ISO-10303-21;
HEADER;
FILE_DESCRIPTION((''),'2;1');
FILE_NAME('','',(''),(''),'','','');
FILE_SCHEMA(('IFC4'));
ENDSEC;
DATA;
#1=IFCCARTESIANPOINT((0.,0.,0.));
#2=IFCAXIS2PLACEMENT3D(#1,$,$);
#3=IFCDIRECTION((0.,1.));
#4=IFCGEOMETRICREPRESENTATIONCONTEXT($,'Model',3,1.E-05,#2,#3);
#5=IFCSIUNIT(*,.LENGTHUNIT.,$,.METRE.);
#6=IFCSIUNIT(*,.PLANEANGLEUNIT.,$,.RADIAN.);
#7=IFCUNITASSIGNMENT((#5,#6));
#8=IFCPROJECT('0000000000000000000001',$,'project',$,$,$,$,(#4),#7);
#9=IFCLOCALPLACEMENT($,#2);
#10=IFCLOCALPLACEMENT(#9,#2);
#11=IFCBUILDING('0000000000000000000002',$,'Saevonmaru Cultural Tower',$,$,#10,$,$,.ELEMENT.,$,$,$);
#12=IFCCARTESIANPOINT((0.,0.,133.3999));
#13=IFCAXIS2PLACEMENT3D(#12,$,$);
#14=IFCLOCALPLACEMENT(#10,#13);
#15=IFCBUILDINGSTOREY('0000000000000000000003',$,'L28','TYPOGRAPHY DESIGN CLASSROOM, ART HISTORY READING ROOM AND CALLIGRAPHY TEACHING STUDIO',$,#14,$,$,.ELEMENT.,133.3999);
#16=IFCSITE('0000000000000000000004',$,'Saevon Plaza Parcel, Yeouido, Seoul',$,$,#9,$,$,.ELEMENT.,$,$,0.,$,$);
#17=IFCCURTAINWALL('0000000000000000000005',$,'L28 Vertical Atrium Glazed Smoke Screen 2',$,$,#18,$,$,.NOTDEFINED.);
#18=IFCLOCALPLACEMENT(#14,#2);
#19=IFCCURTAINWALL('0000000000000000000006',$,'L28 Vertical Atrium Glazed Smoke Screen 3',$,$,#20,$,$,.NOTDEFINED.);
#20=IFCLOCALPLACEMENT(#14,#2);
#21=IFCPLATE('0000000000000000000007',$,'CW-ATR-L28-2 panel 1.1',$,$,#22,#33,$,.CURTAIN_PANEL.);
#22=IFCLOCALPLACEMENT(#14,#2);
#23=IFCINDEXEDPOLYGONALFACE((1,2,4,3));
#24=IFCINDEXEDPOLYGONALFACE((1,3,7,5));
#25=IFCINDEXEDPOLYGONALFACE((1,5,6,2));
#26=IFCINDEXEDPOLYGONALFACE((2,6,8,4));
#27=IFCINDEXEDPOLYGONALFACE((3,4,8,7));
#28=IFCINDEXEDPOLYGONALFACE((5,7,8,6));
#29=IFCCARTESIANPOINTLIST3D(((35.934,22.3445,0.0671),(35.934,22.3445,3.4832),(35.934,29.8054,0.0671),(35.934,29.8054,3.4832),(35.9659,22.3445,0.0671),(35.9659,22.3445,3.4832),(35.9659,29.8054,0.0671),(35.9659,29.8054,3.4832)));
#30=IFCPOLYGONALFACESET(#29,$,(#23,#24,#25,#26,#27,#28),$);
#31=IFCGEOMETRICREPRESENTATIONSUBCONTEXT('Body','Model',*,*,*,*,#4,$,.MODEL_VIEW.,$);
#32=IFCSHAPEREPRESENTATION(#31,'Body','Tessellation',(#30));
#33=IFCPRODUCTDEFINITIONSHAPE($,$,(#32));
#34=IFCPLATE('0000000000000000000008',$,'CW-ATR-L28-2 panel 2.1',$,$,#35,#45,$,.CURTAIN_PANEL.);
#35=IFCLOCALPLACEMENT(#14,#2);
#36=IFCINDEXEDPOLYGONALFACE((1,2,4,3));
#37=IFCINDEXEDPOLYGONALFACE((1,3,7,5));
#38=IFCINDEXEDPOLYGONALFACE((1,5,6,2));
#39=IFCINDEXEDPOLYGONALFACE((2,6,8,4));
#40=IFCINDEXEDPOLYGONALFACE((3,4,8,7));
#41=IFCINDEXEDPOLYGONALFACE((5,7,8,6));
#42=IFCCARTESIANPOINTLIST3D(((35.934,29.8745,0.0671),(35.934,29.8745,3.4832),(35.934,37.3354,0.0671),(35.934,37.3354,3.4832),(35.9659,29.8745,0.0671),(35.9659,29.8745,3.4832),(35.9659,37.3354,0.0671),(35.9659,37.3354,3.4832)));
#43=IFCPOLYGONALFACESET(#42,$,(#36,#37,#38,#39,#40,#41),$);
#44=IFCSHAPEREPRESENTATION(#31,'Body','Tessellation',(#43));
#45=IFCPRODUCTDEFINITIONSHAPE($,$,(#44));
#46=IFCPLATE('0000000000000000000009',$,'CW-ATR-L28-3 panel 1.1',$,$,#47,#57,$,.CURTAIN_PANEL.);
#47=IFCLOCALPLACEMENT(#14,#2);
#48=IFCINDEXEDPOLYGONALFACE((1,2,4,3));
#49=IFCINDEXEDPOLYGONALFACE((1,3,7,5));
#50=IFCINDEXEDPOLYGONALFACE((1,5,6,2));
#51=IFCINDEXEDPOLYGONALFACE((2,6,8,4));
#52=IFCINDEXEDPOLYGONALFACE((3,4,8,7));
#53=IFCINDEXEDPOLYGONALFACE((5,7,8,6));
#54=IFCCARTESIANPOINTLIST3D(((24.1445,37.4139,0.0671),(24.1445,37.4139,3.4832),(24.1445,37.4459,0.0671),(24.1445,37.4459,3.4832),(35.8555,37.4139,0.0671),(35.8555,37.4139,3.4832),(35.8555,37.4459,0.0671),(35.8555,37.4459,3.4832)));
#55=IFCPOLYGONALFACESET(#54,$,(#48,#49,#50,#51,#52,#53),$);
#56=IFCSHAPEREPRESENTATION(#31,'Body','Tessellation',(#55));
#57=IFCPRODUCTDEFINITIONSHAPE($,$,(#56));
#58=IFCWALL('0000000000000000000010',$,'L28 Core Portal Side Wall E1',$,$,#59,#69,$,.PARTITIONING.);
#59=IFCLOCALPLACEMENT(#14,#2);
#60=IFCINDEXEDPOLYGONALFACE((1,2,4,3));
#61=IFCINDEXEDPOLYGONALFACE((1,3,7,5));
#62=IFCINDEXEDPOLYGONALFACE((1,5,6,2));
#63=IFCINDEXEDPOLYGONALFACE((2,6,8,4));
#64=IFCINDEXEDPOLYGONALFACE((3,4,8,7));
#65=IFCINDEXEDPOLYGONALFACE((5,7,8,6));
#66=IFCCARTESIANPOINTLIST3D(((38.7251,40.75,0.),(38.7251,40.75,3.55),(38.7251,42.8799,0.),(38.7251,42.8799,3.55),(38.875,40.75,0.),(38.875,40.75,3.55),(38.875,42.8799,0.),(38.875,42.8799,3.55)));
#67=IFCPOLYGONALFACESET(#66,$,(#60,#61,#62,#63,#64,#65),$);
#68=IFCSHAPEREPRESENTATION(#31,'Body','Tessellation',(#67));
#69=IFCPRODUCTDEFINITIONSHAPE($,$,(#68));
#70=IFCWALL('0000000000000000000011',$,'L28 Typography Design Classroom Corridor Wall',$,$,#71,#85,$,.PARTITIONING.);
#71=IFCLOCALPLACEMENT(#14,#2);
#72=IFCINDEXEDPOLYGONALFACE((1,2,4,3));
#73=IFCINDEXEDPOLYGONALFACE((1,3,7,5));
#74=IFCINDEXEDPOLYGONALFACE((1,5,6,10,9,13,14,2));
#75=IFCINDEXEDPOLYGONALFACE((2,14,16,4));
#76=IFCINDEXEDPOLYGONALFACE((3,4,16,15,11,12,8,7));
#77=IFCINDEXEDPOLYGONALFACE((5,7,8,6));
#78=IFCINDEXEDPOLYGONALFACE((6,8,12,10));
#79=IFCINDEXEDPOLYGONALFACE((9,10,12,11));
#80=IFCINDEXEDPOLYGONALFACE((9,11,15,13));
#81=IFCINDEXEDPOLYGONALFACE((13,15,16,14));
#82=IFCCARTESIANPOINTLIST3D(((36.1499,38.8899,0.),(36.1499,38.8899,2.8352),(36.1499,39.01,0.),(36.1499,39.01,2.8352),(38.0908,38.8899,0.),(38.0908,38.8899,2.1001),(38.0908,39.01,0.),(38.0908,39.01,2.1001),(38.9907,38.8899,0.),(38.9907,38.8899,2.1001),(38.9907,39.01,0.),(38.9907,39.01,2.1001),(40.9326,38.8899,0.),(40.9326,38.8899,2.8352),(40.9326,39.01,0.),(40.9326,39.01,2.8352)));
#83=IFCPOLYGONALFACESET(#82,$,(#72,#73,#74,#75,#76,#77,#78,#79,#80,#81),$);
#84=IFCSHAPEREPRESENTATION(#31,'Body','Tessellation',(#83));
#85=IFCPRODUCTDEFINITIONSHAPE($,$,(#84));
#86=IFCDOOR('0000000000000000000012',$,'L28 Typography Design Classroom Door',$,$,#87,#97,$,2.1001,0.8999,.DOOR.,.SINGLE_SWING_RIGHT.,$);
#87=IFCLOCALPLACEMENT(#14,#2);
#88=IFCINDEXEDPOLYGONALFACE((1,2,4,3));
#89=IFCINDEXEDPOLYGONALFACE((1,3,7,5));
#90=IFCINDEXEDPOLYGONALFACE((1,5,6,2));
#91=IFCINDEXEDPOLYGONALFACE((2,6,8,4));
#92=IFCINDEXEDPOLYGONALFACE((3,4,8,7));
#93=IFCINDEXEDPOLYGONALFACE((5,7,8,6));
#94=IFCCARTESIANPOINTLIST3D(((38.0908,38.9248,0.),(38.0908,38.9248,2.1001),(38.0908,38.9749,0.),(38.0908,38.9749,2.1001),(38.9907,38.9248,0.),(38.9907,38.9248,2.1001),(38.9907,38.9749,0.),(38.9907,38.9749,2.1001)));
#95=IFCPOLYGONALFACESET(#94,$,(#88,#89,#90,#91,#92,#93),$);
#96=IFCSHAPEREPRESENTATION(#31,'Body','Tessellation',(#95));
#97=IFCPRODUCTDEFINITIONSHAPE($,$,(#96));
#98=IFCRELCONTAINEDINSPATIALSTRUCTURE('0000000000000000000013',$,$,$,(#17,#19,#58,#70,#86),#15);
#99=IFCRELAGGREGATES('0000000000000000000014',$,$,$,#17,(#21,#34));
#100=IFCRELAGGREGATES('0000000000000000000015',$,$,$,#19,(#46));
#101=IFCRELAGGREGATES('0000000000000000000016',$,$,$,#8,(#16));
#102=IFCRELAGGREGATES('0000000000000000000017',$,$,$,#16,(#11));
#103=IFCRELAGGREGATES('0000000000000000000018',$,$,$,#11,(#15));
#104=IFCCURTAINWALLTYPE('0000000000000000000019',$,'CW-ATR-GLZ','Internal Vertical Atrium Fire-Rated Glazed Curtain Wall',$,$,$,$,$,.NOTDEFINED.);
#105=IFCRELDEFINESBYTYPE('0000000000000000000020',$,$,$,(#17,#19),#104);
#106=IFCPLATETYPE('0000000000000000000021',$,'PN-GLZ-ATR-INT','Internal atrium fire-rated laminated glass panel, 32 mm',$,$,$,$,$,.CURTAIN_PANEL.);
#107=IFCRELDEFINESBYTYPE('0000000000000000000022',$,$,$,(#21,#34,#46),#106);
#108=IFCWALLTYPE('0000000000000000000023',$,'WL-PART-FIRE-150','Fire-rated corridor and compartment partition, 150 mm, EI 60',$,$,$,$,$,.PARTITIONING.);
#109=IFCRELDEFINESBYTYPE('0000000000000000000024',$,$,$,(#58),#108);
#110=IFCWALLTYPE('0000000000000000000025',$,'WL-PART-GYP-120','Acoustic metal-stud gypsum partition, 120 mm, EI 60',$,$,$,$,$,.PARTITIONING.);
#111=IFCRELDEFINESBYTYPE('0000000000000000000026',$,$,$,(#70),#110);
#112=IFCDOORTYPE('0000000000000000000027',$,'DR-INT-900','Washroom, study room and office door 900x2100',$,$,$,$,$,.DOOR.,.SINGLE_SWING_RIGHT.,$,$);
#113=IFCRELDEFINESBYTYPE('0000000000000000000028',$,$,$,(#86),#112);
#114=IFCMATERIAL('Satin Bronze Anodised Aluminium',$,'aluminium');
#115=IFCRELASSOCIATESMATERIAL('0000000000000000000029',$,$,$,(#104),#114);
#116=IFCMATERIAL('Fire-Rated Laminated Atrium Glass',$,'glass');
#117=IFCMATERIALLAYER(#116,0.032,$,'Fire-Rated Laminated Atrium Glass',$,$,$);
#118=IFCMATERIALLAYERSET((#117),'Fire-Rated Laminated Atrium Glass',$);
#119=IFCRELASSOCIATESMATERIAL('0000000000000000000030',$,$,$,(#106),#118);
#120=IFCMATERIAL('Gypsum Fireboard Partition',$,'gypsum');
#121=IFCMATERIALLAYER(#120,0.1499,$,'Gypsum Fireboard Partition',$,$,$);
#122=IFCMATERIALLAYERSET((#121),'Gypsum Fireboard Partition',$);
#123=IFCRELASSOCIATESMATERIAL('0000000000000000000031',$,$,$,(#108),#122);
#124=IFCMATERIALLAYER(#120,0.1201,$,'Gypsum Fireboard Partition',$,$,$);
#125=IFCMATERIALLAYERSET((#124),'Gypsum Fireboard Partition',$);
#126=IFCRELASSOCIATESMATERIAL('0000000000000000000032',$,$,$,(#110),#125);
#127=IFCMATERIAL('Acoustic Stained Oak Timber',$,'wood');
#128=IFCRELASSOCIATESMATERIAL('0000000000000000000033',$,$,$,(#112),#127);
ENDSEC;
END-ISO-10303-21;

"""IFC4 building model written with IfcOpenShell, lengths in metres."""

from ifc_helpers import new_model, si_unit, direction, frame, frame_2d, origin, origin_2d, place, context, subcontext, project, spatial, rectangle, extrude, material, layer, layer_set, type_object, element, fill, aggregate, save


model = new_model("IFC4")

# Units and contexts
model_context = context("Model", 3, precision=1e-05, world=origin(), true_north=direction((0.0, 1.0)))
body_context = subcontext(model_context, "Body", "Model", "MODEL_VIEW")
ifc_project = project(units=[si_unit("LENGTHUNIT", "METRE"), si_unit("PLANEANGLEUNIT", "RADIAN")], contexts=[model_context])

# Site, building, storey
site_placement = place(None, origin())
site = spatial("IfcSite", under=ifc_project, at=site_placement, Name="Saevon Plaza Parcel, Yeouido, Seoul", CompositionType="ELEMENT", RefElevation=0.0)
building_placement = place(site_placement, origin())
building = spatial("IfcBuilding", under=site, at=building_placement, Name="Saevonmaru Cultural Tower", CompositionType="ELEMENT")
storey_placement = place(building_placement, frame((0.0, 0.0, 133.3999)))
storey = spatial("IfcBuildingStorey", under=building, at=storey_placement, Name="L28", Description="TYPOGRAPHY DESIGN CLASSROOM, ART HISTORY READING ROOM AND CALLIGRAPHY TEACHING STUDIO", CompositionType="ELEMENT", Elevation=133.3999)

# Curtain walls
ifc_material_1 = material(Name="Satin Bronze Anodised Aluminium", Category="aluminium")
curtain_wall_type = type_object("IfcCurtainWallType", Name="CW-ATR-GLZ", Description="Internal Vertical Atrium Fire-Rated Glazed Curtain Wall", PredefinedType="NOTDEFINED", material=ifc_material_1)
curtain_wall_1_placement = place(storey_placement, origin())
curtain_wall_1 = element("IfcCurtainWall", 1, at=curtain_wall_1_placement, inside=storey, type_object=curtain_wall_type, Name="L28 Vertical Atrium Glazed Smoke Screen 2", PredefinedType="NOTDEFINED")
curtain_wall_2_placement = place(storey_placement, origin())
curtain_wall_2 = element("IfcCurtainWall", 2, at=curtain_wall_2_placement, inside=storey, type_object=curtain_wall_type, Name="L28 Vertical Atrium Glazed Smoke Screen 3", PredefinedType="NOTDEFINED")

# Plates
ifc_material_2 = material(Name="Fire-Rated Laminated Atrium Glass", Category="glass")
ifc_layer_1 = layer(ifc_material_2, 0.032, Name="Fire-Rated Laminated Atrium Glass")
ifc_layer_set_1 = layer_set([ifc_layer_1], Name="Fire-Rated Laminated Atrium Glass")
plate_type = type_object("IfcPlateType", Name="PN-GLZ-ATR-INT", Description="Internal atrium fire-rated laminated glass panel, 32 mm", PredefinedType="CURTAIN_PANEL", material=ifc_layer_set_1)
plate_1_placement = place(storey_placement, frame((35.95, 26.075, 0.0671), z_axis=(0.0, 0.0, 1.0), x_axis=(0.0, 1.0, 0.0)))
plate_1 = element("IfcPlate", 3, at=plate_1_placement, type_object=plate_type, Name="CW-ATR-L28-2 panel 1.1", PredefinedType="CURTAIN_PANEL", context=body_context, shape_type="SweptSolid", body=[
    extrude(rectangle(XDim=7.4609, YDim=0.032, at=origin_2d()), origin(), (0.0, 0.0, 1.0), 3.416),
])
plate_2_placement = place(storey_placement, frame((35.95, 33.605, 0.0671), z_axis=(0.0, 0.0, 1.0), x_axis=(0.0, 1.0, 0.0)))
plate_2 = element("IfcPlate", 4, at=plate_2_placement, type_object=plate_type, Name="CW-ATR-L28-2 panel 2.1", PredefinedType="CURTAIN_PANEL", context=body_context, shape_type="SweptSolid", body=[
    extrude(rectangle(XDim=7.4609, YDim=0.032, at=origin_2d()), origin(), (0.0, 0.0, 1.0), 3.416),
])
aggregate(curtain_wall_1, [plate_1, plate_2])
plate_3_placement = place(storey_placement, frame((30.0, 37.4299, 0.0671), z_axis=(0.0, 0.0, 1.0), x_axis=(-1.0, 0.0, 0.0)))
plate_3 = element("IfcPlate", 5, at=plate_3_placement, type_object=plate_type, Name="CW-ATR-L28-3 panel 1.1", PredefinedType="CURTAIN_PANEL", context=body_context, shape_type="SweptSolid", body=[
    extrude(rectangle(XDim=11.7109, YDim=0.032, at=origin_2d()), origin(), (0.0, 0.0, 1.0), 3.416),
])
aggregate(curtain_wall_2, [plate_3])

# Wall
ifc_material_3 = material(Name="Gypsum Fireboard Partition", Category="gypsum")
ifc_layer_2 = layer(ifc_material_3, 0.1499, Name="Gypsum Fireboard Partition")
ifc_layer_set_2 = layer_set([ifc_layer_2], Name="Gypsum Fireboard Partition")
wall_type_1 = type_object("IfcWallType", Name="WL-PART-FIRE-150", Description="Fire-rated corridor and compartment partition, 150 mm, EI 60", PredefinedType="PARTITIONING", material=ifc_layer_set_2)
wall_1_placement = place(storey_placement, frame((38.8, 40.75, 0.0), z_axis=(0.0, 0.0, 1.0), x_axis=(0.0, 1.0, 0.0)))
element("IfcWall", 6, at=wall_1_placement, inside=storey, type_object=wall_type_1, Name="L28 Core Portal Side Wall E1", PredefinedType="PARTITIONING", context=body_context, shape_type="SweptSolid", body=[
    extrude(rectangle(XDim=2.1299, YDim=0.1499, at=frame_2d((1.0649, 0.0))), origin(), (0.0, 0.0, 1.0), 3.55),
])

# Wall, opening, door
ifc_layer_3 = layer(ifc_material_3, 0.1201, Name="Gypsum Fireboard Partition")
ifc_layer_set_3 = layer_set([ifc_layer_3], Name="Gypsum Fireboard Partition")
wall_type_2 = type_object("IfcWallType", Name="WL-PART-GYP-120", Description="Acoustic metal-stud gypsum partition, 120 mm, EI 60", PredefinedType="PARTITIONING", material=ifc_layer_set_3)
wall_2_placement = place(storey_placement, frame((36.1499, 38.95, 0.0), z_axis=(0.0, 0.0, 1.0), x_axis=(1.0, 0.0, 0.0)))
wall_2 = element("IfcWall", 7, at=wall_2_placement, inside=storey, type_object=wall_type_2, Name="L28 Typography Design Classroom Corridor Wall", PredefinedType="PARTITIONING", context=body_context, shape_type="SweptSolid", body=[
    extrude(rectangle(XDim=4.7827, YDim=0.1201, at=frame_2d((2.3914, 0.0))), origin(), (0.0, 0.0, 1.0), 2.8352),
])
opening_placement = place(wall_2_placement, frame((1.9409, 0.0, 0.0)))
opening = element("IfcOpeningElement", 8, at=opening_placement, cuts=wall_2, PredefinedType="OPENING", context=body_context, shape_type="SweptSolid", body=[
    extrude(rectangle(XDim=0.8999, YDim=2.1001, at=frame_2d((0.45, 1.05))), frame((0.0, 0.0701, 0.0), z_axis=(0.0, -1.0, 0.0), x_axis=(1.0, 0.0, 0.0)), (0.0, 0.0, 1.0), 0.1401),
])
ifc_material_4 = material(Name="Acoustic Stained Oak Timber", Category="wood")
door_type = type_object("IfcDoorType", Name="DR-INT-900", Description="Washroom, study room and office door 900x2100", OperationType="SINGLE_SWING_RIGHT", PredefinedType="DOOR", material=ifc_material_4)
door_placement = place(opening_placement, origin())
door = element("IfcDoor", 9, at=door_placement, inside=storey, type_object=door_type, Name="L28 Typography Design Classroom Door", OperationType="SINGLE_SWING_RIGHT", OverallHeight=2.1001, OverallWidth=0.8999, PredefinedType="DOOR", context=body_context, shape_type="SweptSolid", body=[
    extrude(rectangle(XDim=0.8999, YDim=2.1001, at=frame_2d((0.45, 1.05))), frame((0.0, 0.0249, 0.0), z_axis=(0.0, -1.0, 0.0), x_axis=(1.0, 0.0, 0.0)), (0.0, 0.0, 1.0), 0.05),
])
fill(opening, door)

save(model, "model.ifc")
